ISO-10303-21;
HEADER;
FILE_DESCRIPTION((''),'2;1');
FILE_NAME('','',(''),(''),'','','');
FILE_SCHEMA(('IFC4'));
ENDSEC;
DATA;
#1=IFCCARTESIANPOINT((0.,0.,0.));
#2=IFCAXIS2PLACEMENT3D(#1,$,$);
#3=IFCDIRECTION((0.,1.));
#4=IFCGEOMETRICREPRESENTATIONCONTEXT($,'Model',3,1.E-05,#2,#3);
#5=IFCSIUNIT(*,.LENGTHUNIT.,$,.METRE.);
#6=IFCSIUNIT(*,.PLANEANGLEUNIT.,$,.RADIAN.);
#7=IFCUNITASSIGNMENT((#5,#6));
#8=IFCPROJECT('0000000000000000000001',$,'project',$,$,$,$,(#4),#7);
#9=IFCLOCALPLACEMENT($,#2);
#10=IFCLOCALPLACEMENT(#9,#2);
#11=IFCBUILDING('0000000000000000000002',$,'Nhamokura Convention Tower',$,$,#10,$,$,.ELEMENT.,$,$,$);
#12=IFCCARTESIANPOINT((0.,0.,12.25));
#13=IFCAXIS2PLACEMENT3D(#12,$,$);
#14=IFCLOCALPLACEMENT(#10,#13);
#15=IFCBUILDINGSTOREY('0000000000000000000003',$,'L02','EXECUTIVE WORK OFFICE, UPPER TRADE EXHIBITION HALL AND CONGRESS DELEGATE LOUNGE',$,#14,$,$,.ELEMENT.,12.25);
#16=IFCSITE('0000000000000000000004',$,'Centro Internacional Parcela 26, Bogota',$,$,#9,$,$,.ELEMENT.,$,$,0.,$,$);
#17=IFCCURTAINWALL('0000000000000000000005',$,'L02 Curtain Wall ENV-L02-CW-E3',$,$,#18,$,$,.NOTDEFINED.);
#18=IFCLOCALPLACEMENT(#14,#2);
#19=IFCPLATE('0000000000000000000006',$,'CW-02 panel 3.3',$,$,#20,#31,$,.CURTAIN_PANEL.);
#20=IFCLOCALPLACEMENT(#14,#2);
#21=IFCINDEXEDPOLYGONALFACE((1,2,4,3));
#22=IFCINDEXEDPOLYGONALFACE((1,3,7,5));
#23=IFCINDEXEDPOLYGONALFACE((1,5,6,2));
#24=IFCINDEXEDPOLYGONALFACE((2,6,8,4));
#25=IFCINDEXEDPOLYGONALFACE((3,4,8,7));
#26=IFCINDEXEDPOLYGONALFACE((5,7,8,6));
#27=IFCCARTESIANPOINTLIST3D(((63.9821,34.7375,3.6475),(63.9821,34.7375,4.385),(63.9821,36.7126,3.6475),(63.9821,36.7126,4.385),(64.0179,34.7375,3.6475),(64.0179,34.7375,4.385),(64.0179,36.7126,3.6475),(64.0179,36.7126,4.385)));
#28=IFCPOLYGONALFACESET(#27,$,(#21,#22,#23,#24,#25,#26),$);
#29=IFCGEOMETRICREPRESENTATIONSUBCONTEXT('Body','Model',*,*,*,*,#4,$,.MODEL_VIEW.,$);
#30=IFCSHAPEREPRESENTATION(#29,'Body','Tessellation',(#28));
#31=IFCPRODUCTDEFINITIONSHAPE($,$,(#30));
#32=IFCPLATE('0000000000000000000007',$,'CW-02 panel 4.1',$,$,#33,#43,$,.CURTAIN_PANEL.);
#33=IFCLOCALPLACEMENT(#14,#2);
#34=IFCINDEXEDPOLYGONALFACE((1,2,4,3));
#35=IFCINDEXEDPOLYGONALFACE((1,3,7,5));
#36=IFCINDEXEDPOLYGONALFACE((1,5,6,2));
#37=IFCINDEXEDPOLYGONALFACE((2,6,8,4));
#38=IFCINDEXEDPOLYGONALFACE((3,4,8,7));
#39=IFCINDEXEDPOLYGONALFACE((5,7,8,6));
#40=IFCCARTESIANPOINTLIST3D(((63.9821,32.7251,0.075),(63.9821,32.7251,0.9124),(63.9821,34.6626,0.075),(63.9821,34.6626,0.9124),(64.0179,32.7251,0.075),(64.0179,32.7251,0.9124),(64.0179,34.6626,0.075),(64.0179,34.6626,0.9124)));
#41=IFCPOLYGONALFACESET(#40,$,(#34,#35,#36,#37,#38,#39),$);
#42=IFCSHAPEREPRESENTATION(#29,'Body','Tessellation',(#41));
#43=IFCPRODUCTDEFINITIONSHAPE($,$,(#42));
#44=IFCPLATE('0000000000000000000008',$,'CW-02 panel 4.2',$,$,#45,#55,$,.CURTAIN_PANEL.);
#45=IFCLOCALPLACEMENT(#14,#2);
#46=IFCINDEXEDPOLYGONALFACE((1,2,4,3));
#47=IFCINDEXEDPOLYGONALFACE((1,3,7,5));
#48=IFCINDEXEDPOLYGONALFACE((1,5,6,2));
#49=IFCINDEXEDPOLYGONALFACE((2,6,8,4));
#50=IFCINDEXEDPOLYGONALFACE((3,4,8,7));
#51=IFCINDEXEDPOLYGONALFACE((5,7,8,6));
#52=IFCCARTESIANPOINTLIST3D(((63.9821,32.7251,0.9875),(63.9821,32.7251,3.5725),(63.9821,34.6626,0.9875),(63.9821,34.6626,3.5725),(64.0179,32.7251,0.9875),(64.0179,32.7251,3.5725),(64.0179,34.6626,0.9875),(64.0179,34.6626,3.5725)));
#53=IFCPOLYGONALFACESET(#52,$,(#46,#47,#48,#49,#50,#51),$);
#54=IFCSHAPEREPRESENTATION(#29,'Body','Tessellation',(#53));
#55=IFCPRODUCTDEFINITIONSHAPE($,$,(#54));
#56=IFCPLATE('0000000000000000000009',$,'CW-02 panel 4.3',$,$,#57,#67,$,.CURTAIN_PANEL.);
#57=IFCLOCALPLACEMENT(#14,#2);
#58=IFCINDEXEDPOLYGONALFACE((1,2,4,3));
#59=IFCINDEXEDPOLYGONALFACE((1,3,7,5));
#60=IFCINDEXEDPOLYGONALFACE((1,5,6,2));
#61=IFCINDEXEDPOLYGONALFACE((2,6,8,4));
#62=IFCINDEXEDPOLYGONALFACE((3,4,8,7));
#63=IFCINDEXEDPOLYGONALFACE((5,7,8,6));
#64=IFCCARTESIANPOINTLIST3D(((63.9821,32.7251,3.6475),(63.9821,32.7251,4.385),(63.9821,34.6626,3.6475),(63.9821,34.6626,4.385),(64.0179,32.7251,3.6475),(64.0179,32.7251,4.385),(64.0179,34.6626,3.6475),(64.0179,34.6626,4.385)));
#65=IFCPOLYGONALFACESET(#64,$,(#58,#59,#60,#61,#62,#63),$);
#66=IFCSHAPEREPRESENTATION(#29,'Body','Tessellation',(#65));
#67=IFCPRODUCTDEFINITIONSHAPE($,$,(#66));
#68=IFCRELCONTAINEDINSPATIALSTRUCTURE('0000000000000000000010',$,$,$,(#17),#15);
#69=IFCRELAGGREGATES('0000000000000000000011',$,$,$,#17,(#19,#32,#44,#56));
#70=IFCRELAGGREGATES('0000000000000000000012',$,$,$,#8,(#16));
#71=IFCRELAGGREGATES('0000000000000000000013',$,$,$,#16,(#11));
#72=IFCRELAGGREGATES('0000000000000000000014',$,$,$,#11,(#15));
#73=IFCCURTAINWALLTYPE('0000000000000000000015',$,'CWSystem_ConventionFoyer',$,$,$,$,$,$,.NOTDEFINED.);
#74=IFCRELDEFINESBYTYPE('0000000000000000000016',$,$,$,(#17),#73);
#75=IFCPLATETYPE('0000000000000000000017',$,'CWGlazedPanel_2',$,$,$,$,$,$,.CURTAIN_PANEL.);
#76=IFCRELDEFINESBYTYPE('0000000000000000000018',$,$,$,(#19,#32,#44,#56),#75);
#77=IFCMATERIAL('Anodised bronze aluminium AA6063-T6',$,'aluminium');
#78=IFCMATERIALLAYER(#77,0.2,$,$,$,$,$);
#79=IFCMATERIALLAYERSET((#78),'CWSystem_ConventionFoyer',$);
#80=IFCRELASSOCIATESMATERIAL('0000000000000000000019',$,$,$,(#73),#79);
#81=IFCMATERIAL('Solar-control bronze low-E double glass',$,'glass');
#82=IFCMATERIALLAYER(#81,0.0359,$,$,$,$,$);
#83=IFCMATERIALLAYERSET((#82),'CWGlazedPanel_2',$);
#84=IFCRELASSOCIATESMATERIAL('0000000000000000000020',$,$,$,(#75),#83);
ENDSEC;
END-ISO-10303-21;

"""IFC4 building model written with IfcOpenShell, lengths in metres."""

from ifc_helpers import new_model, si_unit, direction, frame, origin, origin_2d, place, context, subcontext, project, spatial, rectangle, extrude, material, layer, layer_set, type_object, element, aggregate, save


model = new_model("IFC4")

# Units and contexts
model_context = context("Model", 3, precision=1e-05, world=origin(), true_north=direction((0.0, 1.0)))
body_context = subcontext(model_context, "Body", "Model", "MODEL_VIEW")
ifc_project = project(units=[si_unit("LENGTHUNIT", "METRE"), si_unit("PLANEANGLEUNIT", "RADIAN")], contexts=[model_context])

# Site, building, storey
site_placement = place(None, origin())
site = spatial("IfcSite", under=ifc_project, at=site_placement, Name="Centro Internacional Parcela 26, Bogota", CompositionType="ELEMENT", RefElevation=0.0)
building_placement = place(site_placement, origin())
building = spatial("IfcBuilding", under=site, at=building_placement, Name="Nhamokura Convention Tower", CompositionType="ELEMENT")
storey_placement = place(building_placement, frame((0.0, 0.0, 12.25)))
storey = spatial("IfcBuildingStorey", under=building, at=storey_placement, Name="L02", Description="EXECUTIVE WORK OFFICE, UPPER TRADE EXHIBITION HALL AND CONGRESS DELEGATE LOUNGE", CompositionType="ELEMENT", Elevation=12.25)

# Curtain wall
ifc_material_1 = material(Name="Anodised bronze aluminium AA6063-T6", Category="aluminium")
ifc_layer_1 = layer(ifc_material_1, 0.2)
ifc_layer_set_1 = layer_set([ifc_layer_1], Name="CWSystem_ConventionFoyer")
curtain_wall_type = type_object("IfcCurtainWallType", Name="CWSystem_ConventionFoyer", PredefinedType="NOTDEFINED", material=ifc_layer_set_1)
curtain_wall_placement = place(storey_placement, origin())
curtain_wall = element("IfcCurtainWall", 1, at=curtain_wall_placement, inside=storey, type_object=curtain_wall_type, Name="L02 Curtain Wall ENV-L02-CW-E3", PredefinedType="NOTDEFINED")

# Plates
ifc_material_2 = material(Name="Solar-control bronze low-E double glass", Category="glass")
ifc_layer_2 = layer(ifc_material_2, 0.0359)
ifc_layer_set_2 = layer_set([ifc_layer_2], Name="CWGlazedPanel_2")
plate_type = type_object("IfcPlateType", Name="CWGlazedPanel_2", PredefinedType="CURTAIN_PANEL", material=ifc_layer_set_2)
plate_1_placement = place(storey_placement, frame((64.0, 35.7251, 3.6475), z_axis=(0.0, 0.0, 1.0), x_axis=(0.0, -1.0, 0.0)))
plate_1 = element("IfcPlate", 2, at=plate_1_placement, type_object=plate_type, Name="CW-02 panel 3.3", PredefinedType="CURTAIN_PANEL", context=body_context, shape_type="SweptSolid", body=[
    extrude(rectangle(XDim=1.9751, YDim=0.0359, at=origin_2d()), origin(), (0.0, 0.0, 1.0), 0.7375),
])
plate_2_placement = place(storey_placement, frame((64.0, 33.6938, 0.075), z_axis=(0.0, 0.0, 1.0), x_axis=(0.0, -1.0, 0.0)))
plate_2 = element("IfcPlate", 3, at=plate_2_placement, type_object=plate_type, Name="CW-02 panel 4.1", PredefinedType="CURTAIN_PANEL", context=body_context, shape_type="SweptSolid", body=[
    extrude(rectangle(XDim=1.9375, YDim=0.0359, at=origin_2d()), origin(), (0.0, 0.0, 1.0), 0.8374),
])
plate_3_placement = place(storey_placement, frame((64.0, 33.6938, 0.9875), z_axis=(0.0, 0.0, 1.0), x_axis=(0.0, -1.0, 0.0)))
plate_3 = element("IfcPlate", 4, at=plate_3_placement, type_object=plate_type, Name="CW-02 panel 4.2", PredefinedType="CURTAIN_PANEL", context=body_context, shape_type="SweptSolid", body=[
    extrude(rectangle(XDim=1.9375, YDim=0.0359, at=origin_2d()), origin(), (0.0, 0.0, 1.0), 2.585),
])
plate_4_placement = place(storey_placement, frame((64.0, 33.6938, 3.6475), z_axis=(0.0, 0.0, 1.0), x_axis=(0.0, -1.0, 0.0)))
plate_4 = element("IfcPlate", 5, at=plate_4_placement, type_object=plate_type, Name="CW-02 panel 4.3", PredefinedType="CURTAIN_PANEL", context=body_context, shape_type="SweptSolid", body=[
    extrude(rectangle(XDim=1.9375, YDim=0.0359, at=origin_2d()), origin(), (0.0, 0.0, 1.0), 0.7375),
])
aggregate(curtain_wall, [plate_1, plate_2, plate_3, plate_4])

save(model, "model.ifc")
